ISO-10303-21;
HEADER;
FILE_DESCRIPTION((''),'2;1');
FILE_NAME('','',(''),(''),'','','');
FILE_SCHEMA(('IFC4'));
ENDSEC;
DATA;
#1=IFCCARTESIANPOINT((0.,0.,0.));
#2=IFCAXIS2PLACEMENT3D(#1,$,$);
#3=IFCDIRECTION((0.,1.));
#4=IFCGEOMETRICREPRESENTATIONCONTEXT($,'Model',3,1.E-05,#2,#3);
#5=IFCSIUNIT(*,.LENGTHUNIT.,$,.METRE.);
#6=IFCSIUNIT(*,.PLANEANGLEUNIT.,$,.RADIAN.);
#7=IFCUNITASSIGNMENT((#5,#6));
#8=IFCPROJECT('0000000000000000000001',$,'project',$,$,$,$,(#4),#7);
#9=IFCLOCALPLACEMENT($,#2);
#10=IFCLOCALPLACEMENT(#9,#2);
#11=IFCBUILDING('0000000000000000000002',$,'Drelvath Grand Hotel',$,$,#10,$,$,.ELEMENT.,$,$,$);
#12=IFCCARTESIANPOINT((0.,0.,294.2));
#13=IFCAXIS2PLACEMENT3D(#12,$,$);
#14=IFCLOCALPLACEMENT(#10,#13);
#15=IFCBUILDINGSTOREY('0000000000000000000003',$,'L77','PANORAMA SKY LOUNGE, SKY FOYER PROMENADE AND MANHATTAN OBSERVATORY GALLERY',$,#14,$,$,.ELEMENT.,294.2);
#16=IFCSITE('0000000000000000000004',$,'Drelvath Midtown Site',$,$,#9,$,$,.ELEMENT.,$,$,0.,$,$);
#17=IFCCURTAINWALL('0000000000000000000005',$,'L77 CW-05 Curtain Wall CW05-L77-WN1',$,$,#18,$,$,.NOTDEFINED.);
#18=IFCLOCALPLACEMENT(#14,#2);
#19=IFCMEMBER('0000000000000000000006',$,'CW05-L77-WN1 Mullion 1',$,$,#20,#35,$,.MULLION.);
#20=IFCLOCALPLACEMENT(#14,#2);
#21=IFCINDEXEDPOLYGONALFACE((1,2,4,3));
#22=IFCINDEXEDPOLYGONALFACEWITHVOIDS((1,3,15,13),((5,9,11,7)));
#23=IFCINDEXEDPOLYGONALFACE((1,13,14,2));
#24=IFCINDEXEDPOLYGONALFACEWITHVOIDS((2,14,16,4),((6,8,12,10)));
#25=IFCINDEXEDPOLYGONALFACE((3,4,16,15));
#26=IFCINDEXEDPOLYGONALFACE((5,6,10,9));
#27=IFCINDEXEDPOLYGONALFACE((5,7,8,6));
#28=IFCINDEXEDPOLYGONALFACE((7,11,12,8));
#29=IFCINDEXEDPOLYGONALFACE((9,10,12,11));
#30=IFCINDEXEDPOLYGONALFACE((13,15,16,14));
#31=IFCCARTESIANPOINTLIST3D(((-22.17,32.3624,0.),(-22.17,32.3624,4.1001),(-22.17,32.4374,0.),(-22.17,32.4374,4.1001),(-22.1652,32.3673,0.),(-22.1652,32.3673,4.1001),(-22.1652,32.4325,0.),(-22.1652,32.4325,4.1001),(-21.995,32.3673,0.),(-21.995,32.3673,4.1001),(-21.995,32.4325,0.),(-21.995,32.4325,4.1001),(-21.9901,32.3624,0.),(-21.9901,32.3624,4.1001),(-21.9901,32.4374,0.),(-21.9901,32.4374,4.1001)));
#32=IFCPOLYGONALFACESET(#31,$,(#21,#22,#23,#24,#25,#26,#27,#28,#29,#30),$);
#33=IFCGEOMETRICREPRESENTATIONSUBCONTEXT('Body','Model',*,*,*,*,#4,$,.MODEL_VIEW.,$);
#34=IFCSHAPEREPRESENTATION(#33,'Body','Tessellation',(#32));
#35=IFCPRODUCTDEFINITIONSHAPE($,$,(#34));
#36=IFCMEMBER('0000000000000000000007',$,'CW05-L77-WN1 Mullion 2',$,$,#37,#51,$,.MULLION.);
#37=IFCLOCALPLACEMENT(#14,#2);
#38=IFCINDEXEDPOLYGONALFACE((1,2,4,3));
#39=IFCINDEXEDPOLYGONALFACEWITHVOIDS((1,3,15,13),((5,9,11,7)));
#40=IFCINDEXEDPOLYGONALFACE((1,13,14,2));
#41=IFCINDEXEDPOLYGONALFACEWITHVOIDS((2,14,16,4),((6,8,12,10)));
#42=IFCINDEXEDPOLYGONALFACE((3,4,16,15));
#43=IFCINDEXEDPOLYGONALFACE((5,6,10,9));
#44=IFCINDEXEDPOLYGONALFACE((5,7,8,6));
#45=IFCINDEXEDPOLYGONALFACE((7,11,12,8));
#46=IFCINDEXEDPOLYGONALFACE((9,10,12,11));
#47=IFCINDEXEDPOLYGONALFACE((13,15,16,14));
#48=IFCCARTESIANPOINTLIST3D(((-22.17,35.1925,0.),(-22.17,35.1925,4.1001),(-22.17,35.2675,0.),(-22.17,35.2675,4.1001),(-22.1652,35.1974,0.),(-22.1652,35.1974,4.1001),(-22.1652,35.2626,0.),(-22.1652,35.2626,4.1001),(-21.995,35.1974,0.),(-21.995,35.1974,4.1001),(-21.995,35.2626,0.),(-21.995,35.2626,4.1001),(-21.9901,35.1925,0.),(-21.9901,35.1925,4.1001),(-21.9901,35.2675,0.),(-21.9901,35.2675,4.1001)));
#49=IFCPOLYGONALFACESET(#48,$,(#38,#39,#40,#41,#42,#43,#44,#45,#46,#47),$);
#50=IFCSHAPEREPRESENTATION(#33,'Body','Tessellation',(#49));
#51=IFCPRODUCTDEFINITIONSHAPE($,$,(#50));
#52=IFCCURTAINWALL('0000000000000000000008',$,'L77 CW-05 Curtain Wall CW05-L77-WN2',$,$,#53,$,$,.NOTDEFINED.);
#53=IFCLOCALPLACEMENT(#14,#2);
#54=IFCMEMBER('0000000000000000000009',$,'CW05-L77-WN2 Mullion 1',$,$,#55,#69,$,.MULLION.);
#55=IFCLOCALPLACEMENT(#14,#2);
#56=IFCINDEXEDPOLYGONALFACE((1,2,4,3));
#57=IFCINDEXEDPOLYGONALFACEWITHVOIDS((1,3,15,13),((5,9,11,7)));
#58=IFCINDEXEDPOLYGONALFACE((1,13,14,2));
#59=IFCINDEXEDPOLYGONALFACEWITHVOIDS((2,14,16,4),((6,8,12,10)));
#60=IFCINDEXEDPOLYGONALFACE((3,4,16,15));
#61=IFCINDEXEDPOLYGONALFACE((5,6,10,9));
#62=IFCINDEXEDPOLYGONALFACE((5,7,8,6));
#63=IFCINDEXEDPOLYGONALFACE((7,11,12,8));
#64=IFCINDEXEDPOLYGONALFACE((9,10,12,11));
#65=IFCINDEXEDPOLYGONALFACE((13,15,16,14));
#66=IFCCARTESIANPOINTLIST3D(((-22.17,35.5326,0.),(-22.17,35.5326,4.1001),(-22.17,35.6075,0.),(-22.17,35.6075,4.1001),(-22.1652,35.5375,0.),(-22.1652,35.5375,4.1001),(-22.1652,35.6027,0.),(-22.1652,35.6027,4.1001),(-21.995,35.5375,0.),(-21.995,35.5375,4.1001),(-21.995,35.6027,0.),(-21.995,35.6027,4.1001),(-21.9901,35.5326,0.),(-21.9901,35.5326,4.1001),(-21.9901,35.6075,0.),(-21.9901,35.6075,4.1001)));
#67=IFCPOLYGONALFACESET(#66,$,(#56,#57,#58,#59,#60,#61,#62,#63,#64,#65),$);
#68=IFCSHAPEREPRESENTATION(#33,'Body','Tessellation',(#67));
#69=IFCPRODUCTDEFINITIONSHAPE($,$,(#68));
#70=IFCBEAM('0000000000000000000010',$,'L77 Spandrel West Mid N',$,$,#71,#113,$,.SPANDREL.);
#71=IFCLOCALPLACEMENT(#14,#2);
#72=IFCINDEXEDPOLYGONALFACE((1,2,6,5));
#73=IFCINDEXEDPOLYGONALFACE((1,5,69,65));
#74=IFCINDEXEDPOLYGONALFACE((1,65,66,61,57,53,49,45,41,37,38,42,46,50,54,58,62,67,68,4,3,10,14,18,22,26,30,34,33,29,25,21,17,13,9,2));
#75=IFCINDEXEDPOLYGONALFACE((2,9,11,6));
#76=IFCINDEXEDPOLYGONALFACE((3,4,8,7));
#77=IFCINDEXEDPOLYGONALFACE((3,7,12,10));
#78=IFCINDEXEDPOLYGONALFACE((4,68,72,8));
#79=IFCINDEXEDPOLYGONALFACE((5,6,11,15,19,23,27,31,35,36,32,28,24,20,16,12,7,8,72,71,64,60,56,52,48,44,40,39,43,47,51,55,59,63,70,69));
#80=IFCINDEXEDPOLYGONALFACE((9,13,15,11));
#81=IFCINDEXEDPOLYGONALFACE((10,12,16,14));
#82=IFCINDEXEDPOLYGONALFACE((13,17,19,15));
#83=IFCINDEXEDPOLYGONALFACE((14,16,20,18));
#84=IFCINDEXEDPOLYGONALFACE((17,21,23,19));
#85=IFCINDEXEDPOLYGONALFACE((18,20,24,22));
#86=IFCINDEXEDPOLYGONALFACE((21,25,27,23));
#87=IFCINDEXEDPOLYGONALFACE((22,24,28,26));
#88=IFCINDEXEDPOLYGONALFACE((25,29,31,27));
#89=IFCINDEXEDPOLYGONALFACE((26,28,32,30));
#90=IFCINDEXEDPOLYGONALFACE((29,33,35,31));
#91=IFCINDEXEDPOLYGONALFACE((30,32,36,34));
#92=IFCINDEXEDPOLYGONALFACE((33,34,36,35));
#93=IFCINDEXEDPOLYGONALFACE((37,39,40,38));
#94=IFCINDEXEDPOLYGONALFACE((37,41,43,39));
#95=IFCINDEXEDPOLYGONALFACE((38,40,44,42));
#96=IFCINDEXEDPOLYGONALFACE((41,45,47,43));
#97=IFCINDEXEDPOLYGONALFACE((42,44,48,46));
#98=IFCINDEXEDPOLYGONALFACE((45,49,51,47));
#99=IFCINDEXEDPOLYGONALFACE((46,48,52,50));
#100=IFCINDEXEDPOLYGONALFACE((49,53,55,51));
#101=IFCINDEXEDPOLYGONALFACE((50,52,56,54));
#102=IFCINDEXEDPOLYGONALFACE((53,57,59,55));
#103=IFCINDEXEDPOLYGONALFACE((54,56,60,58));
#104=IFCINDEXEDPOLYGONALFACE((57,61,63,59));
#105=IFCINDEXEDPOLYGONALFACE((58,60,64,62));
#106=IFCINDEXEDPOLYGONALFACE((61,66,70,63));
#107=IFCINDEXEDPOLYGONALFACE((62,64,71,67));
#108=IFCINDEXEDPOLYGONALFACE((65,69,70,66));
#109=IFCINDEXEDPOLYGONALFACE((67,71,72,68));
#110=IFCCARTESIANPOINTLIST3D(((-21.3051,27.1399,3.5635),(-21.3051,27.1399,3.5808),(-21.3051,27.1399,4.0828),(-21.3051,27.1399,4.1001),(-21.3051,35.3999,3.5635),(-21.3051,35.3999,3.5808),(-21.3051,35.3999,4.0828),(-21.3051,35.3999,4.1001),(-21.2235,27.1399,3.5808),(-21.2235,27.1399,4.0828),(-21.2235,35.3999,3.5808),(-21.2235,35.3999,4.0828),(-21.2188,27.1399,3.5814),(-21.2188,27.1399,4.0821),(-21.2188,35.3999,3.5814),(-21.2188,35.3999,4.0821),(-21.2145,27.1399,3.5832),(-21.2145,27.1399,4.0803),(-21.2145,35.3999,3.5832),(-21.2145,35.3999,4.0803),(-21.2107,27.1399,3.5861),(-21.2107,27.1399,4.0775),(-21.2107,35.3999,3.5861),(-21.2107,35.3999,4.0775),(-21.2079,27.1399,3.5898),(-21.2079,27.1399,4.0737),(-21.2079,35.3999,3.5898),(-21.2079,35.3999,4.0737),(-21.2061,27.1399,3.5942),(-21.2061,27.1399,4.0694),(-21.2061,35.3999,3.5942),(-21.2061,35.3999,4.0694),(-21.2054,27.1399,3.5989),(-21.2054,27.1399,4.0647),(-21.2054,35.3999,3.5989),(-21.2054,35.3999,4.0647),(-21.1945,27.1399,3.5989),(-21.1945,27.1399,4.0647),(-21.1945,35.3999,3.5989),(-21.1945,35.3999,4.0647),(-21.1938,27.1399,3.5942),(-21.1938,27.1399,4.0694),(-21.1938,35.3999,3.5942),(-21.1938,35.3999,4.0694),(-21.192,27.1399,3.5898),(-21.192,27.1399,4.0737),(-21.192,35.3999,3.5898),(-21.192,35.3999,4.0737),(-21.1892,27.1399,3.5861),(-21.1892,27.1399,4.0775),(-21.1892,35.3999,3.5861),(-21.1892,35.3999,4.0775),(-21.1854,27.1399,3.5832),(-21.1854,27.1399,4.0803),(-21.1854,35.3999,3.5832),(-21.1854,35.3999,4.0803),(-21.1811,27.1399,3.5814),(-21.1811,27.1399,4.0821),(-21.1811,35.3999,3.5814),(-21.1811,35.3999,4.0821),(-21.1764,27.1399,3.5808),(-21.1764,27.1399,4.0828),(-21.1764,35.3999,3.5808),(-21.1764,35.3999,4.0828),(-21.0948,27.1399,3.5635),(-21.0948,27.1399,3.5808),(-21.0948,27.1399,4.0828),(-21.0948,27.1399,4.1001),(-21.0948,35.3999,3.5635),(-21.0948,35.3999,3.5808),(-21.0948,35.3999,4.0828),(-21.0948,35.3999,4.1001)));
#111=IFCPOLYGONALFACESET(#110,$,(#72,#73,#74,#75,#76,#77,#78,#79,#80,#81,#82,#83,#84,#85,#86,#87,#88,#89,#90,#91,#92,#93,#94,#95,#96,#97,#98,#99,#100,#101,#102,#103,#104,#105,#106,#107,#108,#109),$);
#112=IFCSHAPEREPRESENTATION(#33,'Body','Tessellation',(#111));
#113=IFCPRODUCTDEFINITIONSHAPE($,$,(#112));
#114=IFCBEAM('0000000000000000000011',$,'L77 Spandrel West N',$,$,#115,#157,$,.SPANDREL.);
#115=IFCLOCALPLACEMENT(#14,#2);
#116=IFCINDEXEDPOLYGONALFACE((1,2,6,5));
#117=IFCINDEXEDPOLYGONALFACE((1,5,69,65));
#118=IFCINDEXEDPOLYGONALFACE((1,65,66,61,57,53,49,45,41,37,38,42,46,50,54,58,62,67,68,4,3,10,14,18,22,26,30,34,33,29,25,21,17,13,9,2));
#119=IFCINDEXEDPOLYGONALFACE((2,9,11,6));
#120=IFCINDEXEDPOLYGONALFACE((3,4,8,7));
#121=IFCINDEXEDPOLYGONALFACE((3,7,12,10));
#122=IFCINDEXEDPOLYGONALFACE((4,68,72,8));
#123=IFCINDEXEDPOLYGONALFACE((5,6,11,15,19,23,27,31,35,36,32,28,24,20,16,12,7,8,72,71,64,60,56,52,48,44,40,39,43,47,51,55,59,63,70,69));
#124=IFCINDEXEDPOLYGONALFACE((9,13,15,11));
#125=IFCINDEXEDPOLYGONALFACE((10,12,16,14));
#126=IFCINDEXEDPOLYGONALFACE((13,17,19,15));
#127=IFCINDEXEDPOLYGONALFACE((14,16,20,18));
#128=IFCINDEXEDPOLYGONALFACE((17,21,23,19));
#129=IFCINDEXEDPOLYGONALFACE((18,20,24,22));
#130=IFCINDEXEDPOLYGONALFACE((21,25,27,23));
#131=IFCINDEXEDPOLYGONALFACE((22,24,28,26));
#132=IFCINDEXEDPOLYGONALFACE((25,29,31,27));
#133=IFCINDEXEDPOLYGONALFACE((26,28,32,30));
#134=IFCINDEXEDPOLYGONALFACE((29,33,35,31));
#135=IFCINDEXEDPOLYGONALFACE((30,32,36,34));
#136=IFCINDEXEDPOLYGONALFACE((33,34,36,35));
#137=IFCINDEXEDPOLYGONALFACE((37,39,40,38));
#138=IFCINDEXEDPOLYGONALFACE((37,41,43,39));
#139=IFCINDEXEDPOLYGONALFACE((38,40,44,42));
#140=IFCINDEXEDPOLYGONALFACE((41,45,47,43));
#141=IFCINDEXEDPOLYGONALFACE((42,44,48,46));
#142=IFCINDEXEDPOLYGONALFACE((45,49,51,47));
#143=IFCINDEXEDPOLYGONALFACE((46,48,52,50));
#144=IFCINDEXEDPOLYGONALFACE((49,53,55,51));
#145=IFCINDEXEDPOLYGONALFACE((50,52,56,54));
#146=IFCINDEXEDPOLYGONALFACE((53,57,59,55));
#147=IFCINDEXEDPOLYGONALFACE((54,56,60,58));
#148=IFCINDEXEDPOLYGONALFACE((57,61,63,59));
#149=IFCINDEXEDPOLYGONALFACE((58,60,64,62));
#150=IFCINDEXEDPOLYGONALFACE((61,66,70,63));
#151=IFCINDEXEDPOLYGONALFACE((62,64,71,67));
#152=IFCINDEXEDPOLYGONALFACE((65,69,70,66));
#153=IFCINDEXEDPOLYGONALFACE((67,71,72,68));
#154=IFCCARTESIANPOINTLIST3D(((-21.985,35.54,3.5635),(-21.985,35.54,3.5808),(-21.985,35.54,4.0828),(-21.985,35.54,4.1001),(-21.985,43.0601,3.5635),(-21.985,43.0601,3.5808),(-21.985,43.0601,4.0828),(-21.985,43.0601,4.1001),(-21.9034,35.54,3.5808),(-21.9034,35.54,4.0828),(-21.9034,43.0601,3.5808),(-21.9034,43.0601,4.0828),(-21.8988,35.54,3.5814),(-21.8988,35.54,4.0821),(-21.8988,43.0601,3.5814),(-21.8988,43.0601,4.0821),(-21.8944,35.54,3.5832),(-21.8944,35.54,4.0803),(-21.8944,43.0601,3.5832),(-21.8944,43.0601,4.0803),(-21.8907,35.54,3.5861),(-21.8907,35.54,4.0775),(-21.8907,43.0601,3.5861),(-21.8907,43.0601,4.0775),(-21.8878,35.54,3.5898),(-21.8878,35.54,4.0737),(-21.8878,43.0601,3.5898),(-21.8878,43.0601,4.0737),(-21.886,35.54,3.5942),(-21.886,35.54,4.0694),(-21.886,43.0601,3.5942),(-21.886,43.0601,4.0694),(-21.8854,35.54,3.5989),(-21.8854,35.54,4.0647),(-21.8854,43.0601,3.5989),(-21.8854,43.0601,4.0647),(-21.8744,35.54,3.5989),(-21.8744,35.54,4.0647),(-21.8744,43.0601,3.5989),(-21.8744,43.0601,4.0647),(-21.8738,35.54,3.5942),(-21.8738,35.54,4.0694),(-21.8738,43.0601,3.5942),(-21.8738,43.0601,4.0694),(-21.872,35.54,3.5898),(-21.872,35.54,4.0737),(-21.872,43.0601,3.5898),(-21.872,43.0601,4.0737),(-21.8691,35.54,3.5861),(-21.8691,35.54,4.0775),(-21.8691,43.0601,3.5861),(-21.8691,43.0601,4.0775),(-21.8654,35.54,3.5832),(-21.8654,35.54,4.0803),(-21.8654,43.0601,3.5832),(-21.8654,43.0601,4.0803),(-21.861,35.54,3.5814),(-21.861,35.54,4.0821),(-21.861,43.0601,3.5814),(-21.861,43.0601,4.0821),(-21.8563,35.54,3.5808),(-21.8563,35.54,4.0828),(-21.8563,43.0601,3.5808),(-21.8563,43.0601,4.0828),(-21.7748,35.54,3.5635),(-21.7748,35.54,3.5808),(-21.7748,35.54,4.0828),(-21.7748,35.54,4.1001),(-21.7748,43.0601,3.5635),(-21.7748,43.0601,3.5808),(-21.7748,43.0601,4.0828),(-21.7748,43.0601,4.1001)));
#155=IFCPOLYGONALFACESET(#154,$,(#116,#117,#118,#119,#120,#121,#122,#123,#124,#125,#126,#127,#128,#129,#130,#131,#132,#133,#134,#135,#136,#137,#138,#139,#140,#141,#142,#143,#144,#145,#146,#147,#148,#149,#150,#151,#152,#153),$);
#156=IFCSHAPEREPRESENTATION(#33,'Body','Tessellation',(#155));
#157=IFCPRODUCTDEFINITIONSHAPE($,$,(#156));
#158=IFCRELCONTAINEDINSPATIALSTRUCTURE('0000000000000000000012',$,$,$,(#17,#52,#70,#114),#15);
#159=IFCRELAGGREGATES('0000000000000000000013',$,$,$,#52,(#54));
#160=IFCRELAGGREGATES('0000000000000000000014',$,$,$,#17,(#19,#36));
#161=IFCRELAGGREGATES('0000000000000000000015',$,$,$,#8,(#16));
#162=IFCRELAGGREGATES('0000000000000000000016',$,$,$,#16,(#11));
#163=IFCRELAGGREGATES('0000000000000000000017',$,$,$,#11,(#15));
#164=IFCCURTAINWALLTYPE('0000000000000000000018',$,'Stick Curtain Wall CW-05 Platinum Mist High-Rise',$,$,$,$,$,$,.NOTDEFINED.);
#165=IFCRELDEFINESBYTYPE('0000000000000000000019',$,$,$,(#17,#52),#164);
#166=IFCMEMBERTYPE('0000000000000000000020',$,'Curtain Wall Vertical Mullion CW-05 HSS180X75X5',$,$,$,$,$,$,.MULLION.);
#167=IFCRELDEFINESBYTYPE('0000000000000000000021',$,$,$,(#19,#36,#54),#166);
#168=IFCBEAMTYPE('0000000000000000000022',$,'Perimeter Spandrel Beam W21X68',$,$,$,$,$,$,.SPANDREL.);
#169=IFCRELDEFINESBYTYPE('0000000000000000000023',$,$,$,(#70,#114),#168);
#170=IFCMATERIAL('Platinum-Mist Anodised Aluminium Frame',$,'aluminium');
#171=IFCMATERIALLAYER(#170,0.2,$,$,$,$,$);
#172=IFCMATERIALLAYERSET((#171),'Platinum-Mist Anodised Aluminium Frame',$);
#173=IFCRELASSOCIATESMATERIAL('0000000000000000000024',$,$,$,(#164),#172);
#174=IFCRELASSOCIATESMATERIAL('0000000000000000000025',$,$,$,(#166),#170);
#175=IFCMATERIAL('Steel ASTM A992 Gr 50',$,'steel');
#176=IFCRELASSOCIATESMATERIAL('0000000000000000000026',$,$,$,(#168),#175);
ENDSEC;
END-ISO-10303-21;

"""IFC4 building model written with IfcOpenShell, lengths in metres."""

from ifc_helpers import new_model, si_unit, direction, frame, origin, origin_2d, place, context, subcontext, project, spatial, hollow_rectangle, i_section, extrude, material, layer, layer_set, material_profile, profile_set, type_object, element, aggregate, save


model = new_model("IFC4")

# Units and contexts
model_context = context("Model", 3, precision=1e-05, world=origin(), true_north=direction((0.0, 1.0)))
body_context = subcontext(model_context, "Body", "Model", "MODEL_VIEW")
ifc_project = project(units=[si_unit("LENGTHUNIT", "METRE"), si_unit("PLANEANGLEUNIT", "RADIAN")], contexts=[model_context])

# Site, building, storey
site_placement = place(None, origin())
site = spatial("IfcSite", under=ifc_project, at=site_placement, Name="Drelvath Midtown Site", CompositionType="ELEMENT", RefElevation=0.0)
building_placement = place(site_placement, origin())
building = spatial("IfcBuilding", under=site, at=building_placement, Name="Drelvath Grand Hotel", CompositionType="ELEMENT")
storey_placement = place(building_placement, frame((0.0, 0.0, 294.2)))
storey = spatial("IfcBuildingStorey", under=building, at=storey_placement, Name="L77", Description="PANORAMA SKY LOUNGE, SKY FOYER PROMENADE AND MANHATTAN OBSERVATORY GALLERY", CompositionType="ELEMENT", Elevation=294.2)

# Curtain wall
ifc_material_1 = material(Name="Platinum-Mist Anodised Aluminium Frame", Category="aluminium")
ifc_layer_1 = layer(ifc_material_1, 0.2)
ifc_layer_set_1 = layer_set([ifc_layer_1], Name="Platinum-Mist Anodised Aluminium Frame")
curtain_wall_type = type_object("IfcCurtainWallType", Name="Stick Curtain Wall CW-05 Platinum Mist High-Rise", PredefinedType="NOTDEFINED", material=ifc_layer_set_1)
curtain_wall_1_placement = place(storey_placement, origin())
curtain_wall_1 = element("IfcCurtainWall", 1, at=curtain_wall_1_placement, inside=storey, type_object=curtain_wall_type, Name="L77 CW-05 Curtain Wall CW05-L77-WN1", PredefinedType="NOTDEFINED")

# Members
ifc_material_profile_1 = material_profile(ifc_material_1, hollow_rectangle(XDim=0.075, YDim=0.1799, WallThickness=0.0049, at=origin_2d()), Name="HSS180X75X5")
ifc_profile_set_1 = profile_set([ifc_material_profile_1], Name="Platinum-Mist Anodised Aluminium Frame")
member_type_1 = type_object("IfcMemberType", Name="Curtain Wall Vertical Mullion CW-05 HSS180X75X5", PredefinedType="MULLION", material=ifc_profile_set_1)
member_1_placement = place(storey_placement, frame((-22.0801, 32.3999, 0.0), z_axis=(0.0, 0.0, 1.0), x_axis=(0.0, 1.0, 0.0)))
member_1 = element("IfcMember", 2, at=member_1_placement, type_object=member_type_1, Name="CW05-L77-WN1 Mullion 1", PredefinedType="MULLION", context=body_context, shape_type="SweptSolid", body=[
    extrude(hollow_rectangle(XDim=0.075, YDim=0.1799, WallThickness=0.0049, at=origin_2d()), origin(), (0.0, 0.0, 1.0), 4.1001),
])
member_2_placement = place(storey_placement, frame((-22.0801, 35.23, 0.0), z_axis=(0.0, 0.0, 1.0), x_axis=(0.0, 1.0, 0.0)))
member_2 = element("IfcMember", 3, at=member_2_placement, type_object=member_type_1, Name="CW05-L77-WN1 Mullion 2", PredefinedType="MULLION", context=body_context, shape_type="SweptSolid", body=[
    extrude(hollow_rectangle(XDim=0.075, YDim=0.1799, WallThickness=0.0049, at=origin_2d()), origin(), (0.0, 0.0, 1.0), 4.1001),
])

# Curtain wall, member
curtain_wall_2_placement = place(storey_placement, origin())
curtain_wall_2 = element("IfcCurtainWall", 4, at=curtain_wall_2_placement, inside=storey, type_object=curtain_wall_type, Name="L77 CW-05 Curtain Wall CW05-L77-WN2", PredefinedType="NOTDEFINED")
member_3_placement = place(storey_placement, frame((-22.0801, 35.5701, 0.0), z_axis=(0.0, 0.0, 1.0), x_axis=(0.0, 1.0, 0.0)))
member_3 = element("IfcMember", 5, at=member_3_placement, type_object=member_type_1, Name="CW05-L77-WN2 Mullion 1", PredefinedType="MULLION", context=body_context, shape_type="SweptSolid", body=[
    extrude(hollow_rectangle(XDim=0.075, YDim=0.1799, WallThickness=0.0049, at=origin_2d()), origin(), (0.0, 0.0, 1.0), 4.1001),
])
aggregate(curtain_wall_2, [member_3])

# Beams
ifc_material_2 = material(Name="Steel ASTM A992 Gr 50", Category="steel")
ifc_material_profile_2 = material_profile(ifc_material_2, i_section(OverallWidth=0.2102, OverallDepth=0.5366, WebThickness=0.011, FlangeThickness=0.0173, FilletRadius=0.0181, at=origin_2d()), Name="W21X68")
ifc_profile_set_2 = profile_set([ifc_material_profile_2], Name="Steel ASTM A992 Gr 50")
beam_type_1 = type_object("IfcBeamType", Name="Perimeter Spandrel Beam W21X68", PredefinedType="SPANDREL", material=ifc_profile_set_2)
beam_1_placement = place(storey_placement, frame((-21.2, 27.1399, 3.8318), z_axis=(0.0, 1.0, 0.0), x_axis=(-1.0, 0.0, 0.0)))
element("IfcBeam", 6, at=beam_1_placement, inside=storey, type_object=beam_type_1, Name="L77 Spandrel West Mid N", PredefinedType="SPANDREL", context=body_context, shape_type="SweptSolid", body=[
    extrude(i_section(OverallWidth=0.2102, OverallDepth=0.5366, WebThickness=0.011, FlangeThickness=0.0173, FilletRadius=0.0181, at=origin_2d()), origin(), (0.0, 0.0, 1.0), 8.26),
])
beam_2_placement = place(storey_placement, frame((-21.8799, 35.54, 3.8318), z_axis=(0.0, 1.0, 0.0), x_axis=(-1.0, 0.0, 0.0)))
element("IfcBeam", 7, at=beam_2_placement, inside=storey, type_object=beam_type_1, Name="L77 Spandrel West N", PredefinedType="SPANDREL", context=body_context, shape_type="SweptSolid", body=[
    extrude(i_section(OverallWidth=0.2102, OverallDepth=0.5366, WebThickness=0.011, FlangeThickness=0.0173, FilletRadius=0.0181, at=origin_2d()), origin(), (0.0, 0.0, 1.0), 7.52),
])

aggregate(curtain_wall_1, [member_1, member_2])

save(model, "model.ifc")
